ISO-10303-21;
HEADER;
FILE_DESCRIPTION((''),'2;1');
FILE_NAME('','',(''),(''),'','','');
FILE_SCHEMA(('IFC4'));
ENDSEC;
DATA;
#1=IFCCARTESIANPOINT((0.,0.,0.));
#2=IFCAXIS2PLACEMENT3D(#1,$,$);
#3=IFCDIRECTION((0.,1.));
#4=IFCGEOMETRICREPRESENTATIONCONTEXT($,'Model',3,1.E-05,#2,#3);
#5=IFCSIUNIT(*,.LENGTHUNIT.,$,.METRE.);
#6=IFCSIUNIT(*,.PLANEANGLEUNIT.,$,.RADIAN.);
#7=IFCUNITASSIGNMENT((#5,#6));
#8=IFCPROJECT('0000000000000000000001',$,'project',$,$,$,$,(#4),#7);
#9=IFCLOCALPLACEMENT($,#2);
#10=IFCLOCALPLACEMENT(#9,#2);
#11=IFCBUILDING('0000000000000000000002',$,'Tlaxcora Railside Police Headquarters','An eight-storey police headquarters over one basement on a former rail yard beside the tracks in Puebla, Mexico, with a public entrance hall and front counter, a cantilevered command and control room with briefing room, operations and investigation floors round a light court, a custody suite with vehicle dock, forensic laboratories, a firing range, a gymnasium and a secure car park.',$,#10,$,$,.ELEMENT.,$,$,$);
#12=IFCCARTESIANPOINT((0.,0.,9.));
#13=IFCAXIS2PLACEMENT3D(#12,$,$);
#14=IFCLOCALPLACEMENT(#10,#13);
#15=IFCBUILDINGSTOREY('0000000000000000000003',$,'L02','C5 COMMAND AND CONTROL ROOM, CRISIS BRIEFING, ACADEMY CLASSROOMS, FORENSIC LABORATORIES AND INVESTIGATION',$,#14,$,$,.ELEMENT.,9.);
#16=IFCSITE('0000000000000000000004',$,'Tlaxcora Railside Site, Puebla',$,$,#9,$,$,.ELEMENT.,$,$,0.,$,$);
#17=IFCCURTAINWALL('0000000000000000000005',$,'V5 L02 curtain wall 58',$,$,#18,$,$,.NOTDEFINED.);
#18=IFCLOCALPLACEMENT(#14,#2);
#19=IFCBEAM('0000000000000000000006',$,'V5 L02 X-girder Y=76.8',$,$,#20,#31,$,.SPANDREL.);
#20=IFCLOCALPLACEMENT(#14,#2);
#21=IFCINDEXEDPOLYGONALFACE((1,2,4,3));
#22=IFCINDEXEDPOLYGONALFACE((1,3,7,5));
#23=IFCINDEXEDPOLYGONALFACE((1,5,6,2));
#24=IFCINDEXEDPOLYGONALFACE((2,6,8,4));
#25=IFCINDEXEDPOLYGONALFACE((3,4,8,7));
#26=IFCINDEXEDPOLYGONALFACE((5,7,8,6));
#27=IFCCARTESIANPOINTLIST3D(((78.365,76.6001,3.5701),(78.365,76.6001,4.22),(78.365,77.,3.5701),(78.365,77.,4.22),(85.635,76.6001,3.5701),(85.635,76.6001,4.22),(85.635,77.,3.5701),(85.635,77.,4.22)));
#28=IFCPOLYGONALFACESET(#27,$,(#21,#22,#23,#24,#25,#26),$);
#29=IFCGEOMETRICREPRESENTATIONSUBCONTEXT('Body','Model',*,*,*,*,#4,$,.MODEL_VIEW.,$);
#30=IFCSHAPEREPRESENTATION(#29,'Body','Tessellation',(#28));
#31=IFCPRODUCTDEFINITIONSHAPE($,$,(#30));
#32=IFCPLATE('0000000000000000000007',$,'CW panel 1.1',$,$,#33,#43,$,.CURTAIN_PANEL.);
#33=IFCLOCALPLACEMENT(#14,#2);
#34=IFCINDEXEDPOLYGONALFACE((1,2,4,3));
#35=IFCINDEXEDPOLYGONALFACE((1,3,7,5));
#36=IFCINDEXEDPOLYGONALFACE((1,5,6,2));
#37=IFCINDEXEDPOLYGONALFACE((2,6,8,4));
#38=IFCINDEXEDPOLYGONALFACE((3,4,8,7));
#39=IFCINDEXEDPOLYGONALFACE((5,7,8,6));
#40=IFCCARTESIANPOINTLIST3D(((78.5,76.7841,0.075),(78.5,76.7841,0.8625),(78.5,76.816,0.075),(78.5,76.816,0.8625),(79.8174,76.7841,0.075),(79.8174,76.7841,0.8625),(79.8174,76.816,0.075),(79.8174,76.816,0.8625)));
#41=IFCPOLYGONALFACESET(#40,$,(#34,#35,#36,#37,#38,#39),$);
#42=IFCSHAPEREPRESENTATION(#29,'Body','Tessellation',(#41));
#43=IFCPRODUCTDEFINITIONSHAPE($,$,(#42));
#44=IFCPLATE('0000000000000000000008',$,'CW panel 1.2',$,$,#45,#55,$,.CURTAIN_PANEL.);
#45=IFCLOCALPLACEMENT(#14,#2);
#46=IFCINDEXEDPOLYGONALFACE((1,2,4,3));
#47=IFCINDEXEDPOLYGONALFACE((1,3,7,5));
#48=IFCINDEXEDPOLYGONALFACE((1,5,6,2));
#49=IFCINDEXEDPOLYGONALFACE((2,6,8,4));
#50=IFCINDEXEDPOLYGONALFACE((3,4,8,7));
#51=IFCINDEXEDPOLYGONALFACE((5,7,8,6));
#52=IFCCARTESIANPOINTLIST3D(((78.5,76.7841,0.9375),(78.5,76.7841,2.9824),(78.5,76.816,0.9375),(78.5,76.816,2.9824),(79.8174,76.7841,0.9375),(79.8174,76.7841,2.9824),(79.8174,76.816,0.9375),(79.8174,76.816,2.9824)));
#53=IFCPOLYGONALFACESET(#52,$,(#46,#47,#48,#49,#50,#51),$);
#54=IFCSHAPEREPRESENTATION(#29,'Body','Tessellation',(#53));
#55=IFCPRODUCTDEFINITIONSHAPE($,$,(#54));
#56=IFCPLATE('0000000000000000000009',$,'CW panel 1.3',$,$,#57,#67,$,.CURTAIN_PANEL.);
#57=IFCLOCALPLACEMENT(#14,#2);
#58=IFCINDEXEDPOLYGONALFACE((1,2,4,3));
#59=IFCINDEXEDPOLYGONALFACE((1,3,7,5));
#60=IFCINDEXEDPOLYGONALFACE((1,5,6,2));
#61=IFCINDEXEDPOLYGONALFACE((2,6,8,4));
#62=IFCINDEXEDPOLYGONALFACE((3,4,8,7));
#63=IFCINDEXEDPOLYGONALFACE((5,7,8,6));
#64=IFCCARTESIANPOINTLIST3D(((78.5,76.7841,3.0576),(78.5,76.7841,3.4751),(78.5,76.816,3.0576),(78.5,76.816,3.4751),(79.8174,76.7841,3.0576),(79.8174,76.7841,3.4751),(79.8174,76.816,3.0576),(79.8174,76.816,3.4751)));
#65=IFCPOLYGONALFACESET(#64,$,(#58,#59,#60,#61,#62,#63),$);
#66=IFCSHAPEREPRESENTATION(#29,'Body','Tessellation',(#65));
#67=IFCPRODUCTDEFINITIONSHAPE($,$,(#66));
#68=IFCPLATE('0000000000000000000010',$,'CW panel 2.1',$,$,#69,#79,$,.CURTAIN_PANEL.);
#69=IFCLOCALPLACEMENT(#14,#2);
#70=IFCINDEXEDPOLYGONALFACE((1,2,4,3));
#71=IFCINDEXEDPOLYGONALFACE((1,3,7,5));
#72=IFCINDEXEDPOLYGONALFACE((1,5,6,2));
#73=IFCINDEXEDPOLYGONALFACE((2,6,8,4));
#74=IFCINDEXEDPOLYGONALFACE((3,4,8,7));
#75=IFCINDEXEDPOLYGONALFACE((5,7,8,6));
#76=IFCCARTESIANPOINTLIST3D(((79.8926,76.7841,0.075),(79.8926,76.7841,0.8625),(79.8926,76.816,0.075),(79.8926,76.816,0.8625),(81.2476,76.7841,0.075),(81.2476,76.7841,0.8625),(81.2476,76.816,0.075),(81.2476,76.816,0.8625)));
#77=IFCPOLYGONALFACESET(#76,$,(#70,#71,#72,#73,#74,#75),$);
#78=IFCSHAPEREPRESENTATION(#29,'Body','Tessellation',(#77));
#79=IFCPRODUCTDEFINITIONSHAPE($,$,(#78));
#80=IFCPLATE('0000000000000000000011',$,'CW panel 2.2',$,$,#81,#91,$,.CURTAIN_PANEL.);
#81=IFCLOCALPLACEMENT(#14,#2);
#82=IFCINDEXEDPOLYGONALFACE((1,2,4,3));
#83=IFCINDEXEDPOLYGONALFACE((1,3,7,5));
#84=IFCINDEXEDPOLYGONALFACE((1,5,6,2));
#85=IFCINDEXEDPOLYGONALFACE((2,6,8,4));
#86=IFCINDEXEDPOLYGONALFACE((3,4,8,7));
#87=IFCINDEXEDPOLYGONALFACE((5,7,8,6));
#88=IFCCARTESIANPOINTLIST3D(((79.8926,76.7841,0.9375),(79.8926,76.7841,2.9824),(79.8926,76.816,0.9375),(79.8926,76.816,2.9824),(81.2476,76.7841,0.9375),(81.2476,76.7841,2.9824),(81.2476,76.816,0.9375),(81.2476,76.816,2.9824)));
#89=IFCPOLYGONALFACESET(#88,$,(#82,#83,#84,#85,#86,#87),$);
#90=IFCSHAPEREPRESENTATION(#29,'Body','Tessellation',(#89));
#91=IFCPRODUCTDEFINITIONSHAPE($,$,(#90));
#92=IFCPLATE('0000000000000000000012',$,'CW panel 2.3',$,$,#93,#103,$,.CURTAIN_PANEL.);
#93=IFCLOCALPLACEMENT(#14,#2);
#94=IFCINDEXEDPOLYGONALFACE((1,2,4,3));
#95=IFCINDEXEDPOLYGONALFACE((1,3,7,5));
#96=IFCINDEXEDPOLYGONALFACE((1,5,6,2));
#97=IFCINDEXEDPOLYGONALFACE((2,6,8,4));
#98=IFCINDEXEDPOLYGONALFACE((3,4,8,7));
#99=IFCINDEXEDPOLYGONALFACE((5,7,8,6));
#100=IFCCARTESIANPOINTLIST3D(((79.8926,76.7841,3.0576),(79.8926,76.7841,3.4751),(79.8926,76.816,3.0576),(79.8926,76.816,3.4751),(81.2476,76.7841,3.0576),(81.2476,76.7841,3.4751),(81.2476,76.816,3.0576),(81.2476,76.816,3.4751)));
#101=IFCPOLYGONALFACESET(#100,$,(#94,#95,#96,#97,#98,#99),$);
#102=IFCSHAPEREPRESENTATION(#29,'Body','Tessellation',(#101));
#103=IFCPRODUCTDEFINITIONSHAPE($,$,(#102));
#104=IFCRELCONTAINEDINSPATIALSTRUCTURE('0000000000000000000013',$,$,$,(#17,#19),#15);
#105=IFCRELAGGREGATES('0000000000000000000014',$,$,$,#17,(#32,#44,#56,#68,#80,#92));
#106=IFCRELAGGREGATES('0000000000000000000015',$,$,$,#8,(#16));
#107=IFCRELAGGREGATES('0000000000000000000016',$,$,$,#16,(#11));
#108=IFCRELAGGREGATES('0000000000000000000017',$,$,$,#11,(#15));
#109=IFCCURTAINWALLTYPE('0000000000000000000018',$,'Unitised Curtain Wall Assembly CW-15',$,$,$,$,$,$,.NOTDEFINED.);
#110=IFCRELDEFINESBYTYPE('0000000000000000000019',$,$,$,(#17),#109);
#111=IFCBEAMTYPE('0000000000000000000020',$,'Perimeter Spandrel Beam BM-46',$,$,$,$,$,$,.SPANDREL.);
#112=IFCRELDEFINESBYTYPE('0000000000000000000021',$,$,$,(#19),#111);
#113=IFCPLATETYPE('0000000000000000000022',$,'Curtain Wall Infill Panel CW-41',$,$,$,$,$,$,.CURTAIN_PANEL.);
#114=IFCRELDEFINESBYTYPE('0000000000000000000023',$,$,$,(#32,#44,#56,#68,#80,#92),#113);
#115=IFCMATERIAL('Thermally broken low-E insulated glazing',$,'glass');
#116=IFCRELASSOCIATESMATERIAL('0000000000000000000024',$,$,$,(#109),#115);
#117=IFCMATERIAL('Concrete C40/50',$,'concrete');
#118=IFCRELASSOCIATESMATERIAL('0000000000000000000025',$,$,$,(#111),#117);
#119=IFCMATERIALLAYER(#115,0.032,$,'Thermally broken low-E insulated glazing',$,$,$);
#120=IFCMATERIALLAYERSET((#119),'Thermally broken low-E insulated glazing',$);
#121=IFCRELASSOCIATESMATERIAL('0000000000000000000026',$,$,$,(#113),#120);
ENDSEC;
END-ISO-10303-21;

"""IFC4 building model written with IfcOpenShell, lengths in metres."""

from ifc_helpers import new_model, si_unit, direction, frame, origin, origin_2d, place, context, subcontext, project, spatial, rectangle, extrude, material, layer, layer_set, material_profile, profile_set, type_object, element, aggregate, save


model = new_model("IFC4")

# Units and contexts
model_context = context("Model", 3, precision=1e-05, world=origin(), true_north=direction((0.0, 1.0)))
body_context = subcontext(model_context, "Body", "Model", "MODEL_VIEW")
ifc_project = project(units=[si_unit("LENGTHUNIT", "METRE"), si_unit("PLANEANGLEUNIT", "RADIAN")], contexts=[model_context])

# Site, building, storey
site_placement = place(None, origin())
site = spatial("IfcSite", under=ifc_project, at=site_placement, Name="Tlaxcora Railside Site, Puebla", CompositionType="ELEMENT", RefElevation=0.0)
building_placement = place(site_placement, origin())
building = spatial("IfcBuilding", under=site, at=building_placement, Name="Tlaxcora Railside Police Headquarters", Description="An eight-storey police headquarters over one basement on a former rail yard beside the tracks in Puebla, Mexico, with a public entrance hall and front counter, a cantilevered command and control room with briefing room, operations and investigation floors round a light court, a custody suite with vehicle dock, forensic laboratories, a firing range, a gymnasium and a secure car park.", CompositionType="ELEMENT")
storey_placement = place(building_placement, frame((0.0, 0.0, 9.0)))
storey = spatial("IfcBuildingStorey", under=building, at=storey_placement, Name="L02", Description="C5 COMMAND AND CONTROL ROOM, CRISIS BRIEFING, ACADEMY CLASSROOMS, FORENSIC LABORATORIES AND INVESTIGATION", CompositionType="ELEMENT", Elevation=9.0)

# Curtain wall
ifc_material_1 = material(Name="Thermally broken low-E insulated glazing", Category="glass")
curtain_wall_type = type_object("IfcCurtainWallType", Name="Unitised Curtain Wall Assembly CW-15", PredefinedType="NOTDEFINED", material=ifc_material_1)
curtain_wall_placement = place(storey_placement, origin())
curtain_wall = element("IfcCurtainWall", 1, at=curtain_wall_placement, inside=storey, type_object=curtain_wall_type, Name="V5 L02 curtain wall 58", PredefinedType="NOTDEFINED")

# Beam
ifc_material_2 = material(Name="Concrete C40/50", Category="concrete")
ifc_material_profile_1 = material_profile(ifc_material_2, rectangle(XDim=0.3999, YDim=0.6499, at=origin_2d()), Name="RC400X650")
ifc_profile_set_1 = profile_set([ifc_material_profile_1], Name="Concrete C40/50")
beam_type = type_object("IfcBeamType", Name="Perimeter Spandrel Beam BM-46", PredefinedType="SPANDREL", material=ifc_profile_set_1)
beam_placement = place(storey_placement, frame((78.365, 76.8, 3.895), z_axis=(1.0, 0.0, 0.0), x_axis=(0.0, 1.0, 0.0)))
element("IfcBeam", 2, at=beam_placement, inside=storey, type_object=beam_type, Name="V5 L02 X-girder Y=76.8", PredefinedType="SPANDREL", context=body_context, shape_type="SweptSolid", body=[
    extrude(rectangle(XDim=0.3999, YDim=0.6499, at=origin_2d()), origin(), (0.0, 0.0, 1.0), 7.27),
])

# Plates
ifc_layer = layer(ifc_material_1, 0.032, Name="Thermally broken low-E insulated glazing")
ifc_layer_set = layer_set([ifc_layer], Name="Thermally broken low-E insulated glazing")
plate_type = type_object("IfcPlateType", Name="Curtain Wall Infill Panel CW-41", PredefinedType="CURTAIN_PANEL", material=ifc_layer_set)
plate_1_placement = place(storey_placement, frame((79.1587, 76.8, 0.075), z_axis=(0.0, 0.0, 1.0), x_axis=(1.0, 0.0, 0.0)))
plate_1 = element("IfcPlate", 3, at=plate_1_placement, type_object=plate_type, Name="CW panel 1.1", PredefinedType="CURTAIN_PANEL", context=body_context, shape_type="SweptSolid", body=[
    extrude(rectangle(XDim=1.3174, YDim=0.032, at=origin_2d()), origin(), (0.0, 0.0, 1.0), 0.7876),
])
plate_2_placement = place(storey_placement, frame((79.1587, 76.8, 0.9375), z_axis=(0.0, 0.0, 1.0), x_axis=(1.0, 0.0, 0.0)))
plate_2 = element("IfcPlate", 4, at=plate_2_placement, type_object=plate_type, Name="CW panel 1.2", PredefinedType="CURTAIN_PANEL", context=body_context, shape_type="SweptSolid", body=[
    extrude(rectangle(XDim=1.3174, YDim=0.032, at=origin_2d()), origin(), (0.0, 0.0, 1.0), 2.0449),
])
plate_3_placement = place(storey_placement, frame((79.1587, 76.8, 3.0576), z_axis=(0.0, 0.0, 1.0), x_axis=(1.0, 0.0, 0.0)))
plate_3 = element("IfcPlate", 5, at=plate_3_placement, type_object=plate_type, Name="CW panel 1.3", PredefinedType="CURTAIN_PANEL", context=body_context, shape_type="SweptSolid", body=[
    extrude(rectangle(XDim=1.3174, YDim=0.032, at=origin_2d()), origin(), (0.0, 0.0, 1.0), 0.4175),
])
plate_4_placement = place(storey_placement, frame((80.5701, 76.8, 0.075), z_axis=(0.0, 0.0, 1.0), x_axis=(1.0, 0.0, 0.0)))
plate_4 = element("IfcPlate", 6, at=plate_4_placement, type_object=plate_type, Name="CW panel 2.1", PredefinedType="CURTAIN_PANEL", context=body_context, shape_type="SweptSolid", body=[
    extrude(rectangle(XDim=1.355, YDim=0.032, at=origin_2d()), origin(), (0.0, 0.0, 1.0), 0.7876),
])
plate_5_placement = place(storey_placement, frame((80.5701, 76.8, 0.9375), z_axis=(0.0, 0.0, 1.0), x_axis=(1.0, 0.0, 0.0)))
plate_5 = element("IfcPlate", 7, at=plate_5_placement, type_object=plate_type, Name="CW panel 2.2", PredefinedType="CURTAIN_PANEL", context=body_context, shape_type="SweptSolid", body=[
    extrude(rectangle(XDim=1.355, YDim=0.032, at=origin_2d()), origin(), (0.0, 0.0, 1.0), 2.0449),
])
plate_6_placement = place(storey_placement, frame((80.5701, 76.8, 3.0576), z_axis=(0.0, 0.0, 1.0), x_axis=(1.0, 0.0, 0.0)))
plate_6 = element("IfcPlate", 8, at=plate_6_placement, type_object=plate_type, Name="CW panel 2.3", PredefinedType="CURTAIN_PANEL", context=body_context, shape_type="SweptSolid", body=[
    extrude(rectangle(XDim=1.355, YDim=0.032, at=origin_2d()), origin(), (0.0, 0.0, 1.0), 0.4175),
])
aggregate(curtain_wall, [plate_1, plate_2, plate_3, plate_4, plate_5, plate_6])

save(model, "model.ifc")
